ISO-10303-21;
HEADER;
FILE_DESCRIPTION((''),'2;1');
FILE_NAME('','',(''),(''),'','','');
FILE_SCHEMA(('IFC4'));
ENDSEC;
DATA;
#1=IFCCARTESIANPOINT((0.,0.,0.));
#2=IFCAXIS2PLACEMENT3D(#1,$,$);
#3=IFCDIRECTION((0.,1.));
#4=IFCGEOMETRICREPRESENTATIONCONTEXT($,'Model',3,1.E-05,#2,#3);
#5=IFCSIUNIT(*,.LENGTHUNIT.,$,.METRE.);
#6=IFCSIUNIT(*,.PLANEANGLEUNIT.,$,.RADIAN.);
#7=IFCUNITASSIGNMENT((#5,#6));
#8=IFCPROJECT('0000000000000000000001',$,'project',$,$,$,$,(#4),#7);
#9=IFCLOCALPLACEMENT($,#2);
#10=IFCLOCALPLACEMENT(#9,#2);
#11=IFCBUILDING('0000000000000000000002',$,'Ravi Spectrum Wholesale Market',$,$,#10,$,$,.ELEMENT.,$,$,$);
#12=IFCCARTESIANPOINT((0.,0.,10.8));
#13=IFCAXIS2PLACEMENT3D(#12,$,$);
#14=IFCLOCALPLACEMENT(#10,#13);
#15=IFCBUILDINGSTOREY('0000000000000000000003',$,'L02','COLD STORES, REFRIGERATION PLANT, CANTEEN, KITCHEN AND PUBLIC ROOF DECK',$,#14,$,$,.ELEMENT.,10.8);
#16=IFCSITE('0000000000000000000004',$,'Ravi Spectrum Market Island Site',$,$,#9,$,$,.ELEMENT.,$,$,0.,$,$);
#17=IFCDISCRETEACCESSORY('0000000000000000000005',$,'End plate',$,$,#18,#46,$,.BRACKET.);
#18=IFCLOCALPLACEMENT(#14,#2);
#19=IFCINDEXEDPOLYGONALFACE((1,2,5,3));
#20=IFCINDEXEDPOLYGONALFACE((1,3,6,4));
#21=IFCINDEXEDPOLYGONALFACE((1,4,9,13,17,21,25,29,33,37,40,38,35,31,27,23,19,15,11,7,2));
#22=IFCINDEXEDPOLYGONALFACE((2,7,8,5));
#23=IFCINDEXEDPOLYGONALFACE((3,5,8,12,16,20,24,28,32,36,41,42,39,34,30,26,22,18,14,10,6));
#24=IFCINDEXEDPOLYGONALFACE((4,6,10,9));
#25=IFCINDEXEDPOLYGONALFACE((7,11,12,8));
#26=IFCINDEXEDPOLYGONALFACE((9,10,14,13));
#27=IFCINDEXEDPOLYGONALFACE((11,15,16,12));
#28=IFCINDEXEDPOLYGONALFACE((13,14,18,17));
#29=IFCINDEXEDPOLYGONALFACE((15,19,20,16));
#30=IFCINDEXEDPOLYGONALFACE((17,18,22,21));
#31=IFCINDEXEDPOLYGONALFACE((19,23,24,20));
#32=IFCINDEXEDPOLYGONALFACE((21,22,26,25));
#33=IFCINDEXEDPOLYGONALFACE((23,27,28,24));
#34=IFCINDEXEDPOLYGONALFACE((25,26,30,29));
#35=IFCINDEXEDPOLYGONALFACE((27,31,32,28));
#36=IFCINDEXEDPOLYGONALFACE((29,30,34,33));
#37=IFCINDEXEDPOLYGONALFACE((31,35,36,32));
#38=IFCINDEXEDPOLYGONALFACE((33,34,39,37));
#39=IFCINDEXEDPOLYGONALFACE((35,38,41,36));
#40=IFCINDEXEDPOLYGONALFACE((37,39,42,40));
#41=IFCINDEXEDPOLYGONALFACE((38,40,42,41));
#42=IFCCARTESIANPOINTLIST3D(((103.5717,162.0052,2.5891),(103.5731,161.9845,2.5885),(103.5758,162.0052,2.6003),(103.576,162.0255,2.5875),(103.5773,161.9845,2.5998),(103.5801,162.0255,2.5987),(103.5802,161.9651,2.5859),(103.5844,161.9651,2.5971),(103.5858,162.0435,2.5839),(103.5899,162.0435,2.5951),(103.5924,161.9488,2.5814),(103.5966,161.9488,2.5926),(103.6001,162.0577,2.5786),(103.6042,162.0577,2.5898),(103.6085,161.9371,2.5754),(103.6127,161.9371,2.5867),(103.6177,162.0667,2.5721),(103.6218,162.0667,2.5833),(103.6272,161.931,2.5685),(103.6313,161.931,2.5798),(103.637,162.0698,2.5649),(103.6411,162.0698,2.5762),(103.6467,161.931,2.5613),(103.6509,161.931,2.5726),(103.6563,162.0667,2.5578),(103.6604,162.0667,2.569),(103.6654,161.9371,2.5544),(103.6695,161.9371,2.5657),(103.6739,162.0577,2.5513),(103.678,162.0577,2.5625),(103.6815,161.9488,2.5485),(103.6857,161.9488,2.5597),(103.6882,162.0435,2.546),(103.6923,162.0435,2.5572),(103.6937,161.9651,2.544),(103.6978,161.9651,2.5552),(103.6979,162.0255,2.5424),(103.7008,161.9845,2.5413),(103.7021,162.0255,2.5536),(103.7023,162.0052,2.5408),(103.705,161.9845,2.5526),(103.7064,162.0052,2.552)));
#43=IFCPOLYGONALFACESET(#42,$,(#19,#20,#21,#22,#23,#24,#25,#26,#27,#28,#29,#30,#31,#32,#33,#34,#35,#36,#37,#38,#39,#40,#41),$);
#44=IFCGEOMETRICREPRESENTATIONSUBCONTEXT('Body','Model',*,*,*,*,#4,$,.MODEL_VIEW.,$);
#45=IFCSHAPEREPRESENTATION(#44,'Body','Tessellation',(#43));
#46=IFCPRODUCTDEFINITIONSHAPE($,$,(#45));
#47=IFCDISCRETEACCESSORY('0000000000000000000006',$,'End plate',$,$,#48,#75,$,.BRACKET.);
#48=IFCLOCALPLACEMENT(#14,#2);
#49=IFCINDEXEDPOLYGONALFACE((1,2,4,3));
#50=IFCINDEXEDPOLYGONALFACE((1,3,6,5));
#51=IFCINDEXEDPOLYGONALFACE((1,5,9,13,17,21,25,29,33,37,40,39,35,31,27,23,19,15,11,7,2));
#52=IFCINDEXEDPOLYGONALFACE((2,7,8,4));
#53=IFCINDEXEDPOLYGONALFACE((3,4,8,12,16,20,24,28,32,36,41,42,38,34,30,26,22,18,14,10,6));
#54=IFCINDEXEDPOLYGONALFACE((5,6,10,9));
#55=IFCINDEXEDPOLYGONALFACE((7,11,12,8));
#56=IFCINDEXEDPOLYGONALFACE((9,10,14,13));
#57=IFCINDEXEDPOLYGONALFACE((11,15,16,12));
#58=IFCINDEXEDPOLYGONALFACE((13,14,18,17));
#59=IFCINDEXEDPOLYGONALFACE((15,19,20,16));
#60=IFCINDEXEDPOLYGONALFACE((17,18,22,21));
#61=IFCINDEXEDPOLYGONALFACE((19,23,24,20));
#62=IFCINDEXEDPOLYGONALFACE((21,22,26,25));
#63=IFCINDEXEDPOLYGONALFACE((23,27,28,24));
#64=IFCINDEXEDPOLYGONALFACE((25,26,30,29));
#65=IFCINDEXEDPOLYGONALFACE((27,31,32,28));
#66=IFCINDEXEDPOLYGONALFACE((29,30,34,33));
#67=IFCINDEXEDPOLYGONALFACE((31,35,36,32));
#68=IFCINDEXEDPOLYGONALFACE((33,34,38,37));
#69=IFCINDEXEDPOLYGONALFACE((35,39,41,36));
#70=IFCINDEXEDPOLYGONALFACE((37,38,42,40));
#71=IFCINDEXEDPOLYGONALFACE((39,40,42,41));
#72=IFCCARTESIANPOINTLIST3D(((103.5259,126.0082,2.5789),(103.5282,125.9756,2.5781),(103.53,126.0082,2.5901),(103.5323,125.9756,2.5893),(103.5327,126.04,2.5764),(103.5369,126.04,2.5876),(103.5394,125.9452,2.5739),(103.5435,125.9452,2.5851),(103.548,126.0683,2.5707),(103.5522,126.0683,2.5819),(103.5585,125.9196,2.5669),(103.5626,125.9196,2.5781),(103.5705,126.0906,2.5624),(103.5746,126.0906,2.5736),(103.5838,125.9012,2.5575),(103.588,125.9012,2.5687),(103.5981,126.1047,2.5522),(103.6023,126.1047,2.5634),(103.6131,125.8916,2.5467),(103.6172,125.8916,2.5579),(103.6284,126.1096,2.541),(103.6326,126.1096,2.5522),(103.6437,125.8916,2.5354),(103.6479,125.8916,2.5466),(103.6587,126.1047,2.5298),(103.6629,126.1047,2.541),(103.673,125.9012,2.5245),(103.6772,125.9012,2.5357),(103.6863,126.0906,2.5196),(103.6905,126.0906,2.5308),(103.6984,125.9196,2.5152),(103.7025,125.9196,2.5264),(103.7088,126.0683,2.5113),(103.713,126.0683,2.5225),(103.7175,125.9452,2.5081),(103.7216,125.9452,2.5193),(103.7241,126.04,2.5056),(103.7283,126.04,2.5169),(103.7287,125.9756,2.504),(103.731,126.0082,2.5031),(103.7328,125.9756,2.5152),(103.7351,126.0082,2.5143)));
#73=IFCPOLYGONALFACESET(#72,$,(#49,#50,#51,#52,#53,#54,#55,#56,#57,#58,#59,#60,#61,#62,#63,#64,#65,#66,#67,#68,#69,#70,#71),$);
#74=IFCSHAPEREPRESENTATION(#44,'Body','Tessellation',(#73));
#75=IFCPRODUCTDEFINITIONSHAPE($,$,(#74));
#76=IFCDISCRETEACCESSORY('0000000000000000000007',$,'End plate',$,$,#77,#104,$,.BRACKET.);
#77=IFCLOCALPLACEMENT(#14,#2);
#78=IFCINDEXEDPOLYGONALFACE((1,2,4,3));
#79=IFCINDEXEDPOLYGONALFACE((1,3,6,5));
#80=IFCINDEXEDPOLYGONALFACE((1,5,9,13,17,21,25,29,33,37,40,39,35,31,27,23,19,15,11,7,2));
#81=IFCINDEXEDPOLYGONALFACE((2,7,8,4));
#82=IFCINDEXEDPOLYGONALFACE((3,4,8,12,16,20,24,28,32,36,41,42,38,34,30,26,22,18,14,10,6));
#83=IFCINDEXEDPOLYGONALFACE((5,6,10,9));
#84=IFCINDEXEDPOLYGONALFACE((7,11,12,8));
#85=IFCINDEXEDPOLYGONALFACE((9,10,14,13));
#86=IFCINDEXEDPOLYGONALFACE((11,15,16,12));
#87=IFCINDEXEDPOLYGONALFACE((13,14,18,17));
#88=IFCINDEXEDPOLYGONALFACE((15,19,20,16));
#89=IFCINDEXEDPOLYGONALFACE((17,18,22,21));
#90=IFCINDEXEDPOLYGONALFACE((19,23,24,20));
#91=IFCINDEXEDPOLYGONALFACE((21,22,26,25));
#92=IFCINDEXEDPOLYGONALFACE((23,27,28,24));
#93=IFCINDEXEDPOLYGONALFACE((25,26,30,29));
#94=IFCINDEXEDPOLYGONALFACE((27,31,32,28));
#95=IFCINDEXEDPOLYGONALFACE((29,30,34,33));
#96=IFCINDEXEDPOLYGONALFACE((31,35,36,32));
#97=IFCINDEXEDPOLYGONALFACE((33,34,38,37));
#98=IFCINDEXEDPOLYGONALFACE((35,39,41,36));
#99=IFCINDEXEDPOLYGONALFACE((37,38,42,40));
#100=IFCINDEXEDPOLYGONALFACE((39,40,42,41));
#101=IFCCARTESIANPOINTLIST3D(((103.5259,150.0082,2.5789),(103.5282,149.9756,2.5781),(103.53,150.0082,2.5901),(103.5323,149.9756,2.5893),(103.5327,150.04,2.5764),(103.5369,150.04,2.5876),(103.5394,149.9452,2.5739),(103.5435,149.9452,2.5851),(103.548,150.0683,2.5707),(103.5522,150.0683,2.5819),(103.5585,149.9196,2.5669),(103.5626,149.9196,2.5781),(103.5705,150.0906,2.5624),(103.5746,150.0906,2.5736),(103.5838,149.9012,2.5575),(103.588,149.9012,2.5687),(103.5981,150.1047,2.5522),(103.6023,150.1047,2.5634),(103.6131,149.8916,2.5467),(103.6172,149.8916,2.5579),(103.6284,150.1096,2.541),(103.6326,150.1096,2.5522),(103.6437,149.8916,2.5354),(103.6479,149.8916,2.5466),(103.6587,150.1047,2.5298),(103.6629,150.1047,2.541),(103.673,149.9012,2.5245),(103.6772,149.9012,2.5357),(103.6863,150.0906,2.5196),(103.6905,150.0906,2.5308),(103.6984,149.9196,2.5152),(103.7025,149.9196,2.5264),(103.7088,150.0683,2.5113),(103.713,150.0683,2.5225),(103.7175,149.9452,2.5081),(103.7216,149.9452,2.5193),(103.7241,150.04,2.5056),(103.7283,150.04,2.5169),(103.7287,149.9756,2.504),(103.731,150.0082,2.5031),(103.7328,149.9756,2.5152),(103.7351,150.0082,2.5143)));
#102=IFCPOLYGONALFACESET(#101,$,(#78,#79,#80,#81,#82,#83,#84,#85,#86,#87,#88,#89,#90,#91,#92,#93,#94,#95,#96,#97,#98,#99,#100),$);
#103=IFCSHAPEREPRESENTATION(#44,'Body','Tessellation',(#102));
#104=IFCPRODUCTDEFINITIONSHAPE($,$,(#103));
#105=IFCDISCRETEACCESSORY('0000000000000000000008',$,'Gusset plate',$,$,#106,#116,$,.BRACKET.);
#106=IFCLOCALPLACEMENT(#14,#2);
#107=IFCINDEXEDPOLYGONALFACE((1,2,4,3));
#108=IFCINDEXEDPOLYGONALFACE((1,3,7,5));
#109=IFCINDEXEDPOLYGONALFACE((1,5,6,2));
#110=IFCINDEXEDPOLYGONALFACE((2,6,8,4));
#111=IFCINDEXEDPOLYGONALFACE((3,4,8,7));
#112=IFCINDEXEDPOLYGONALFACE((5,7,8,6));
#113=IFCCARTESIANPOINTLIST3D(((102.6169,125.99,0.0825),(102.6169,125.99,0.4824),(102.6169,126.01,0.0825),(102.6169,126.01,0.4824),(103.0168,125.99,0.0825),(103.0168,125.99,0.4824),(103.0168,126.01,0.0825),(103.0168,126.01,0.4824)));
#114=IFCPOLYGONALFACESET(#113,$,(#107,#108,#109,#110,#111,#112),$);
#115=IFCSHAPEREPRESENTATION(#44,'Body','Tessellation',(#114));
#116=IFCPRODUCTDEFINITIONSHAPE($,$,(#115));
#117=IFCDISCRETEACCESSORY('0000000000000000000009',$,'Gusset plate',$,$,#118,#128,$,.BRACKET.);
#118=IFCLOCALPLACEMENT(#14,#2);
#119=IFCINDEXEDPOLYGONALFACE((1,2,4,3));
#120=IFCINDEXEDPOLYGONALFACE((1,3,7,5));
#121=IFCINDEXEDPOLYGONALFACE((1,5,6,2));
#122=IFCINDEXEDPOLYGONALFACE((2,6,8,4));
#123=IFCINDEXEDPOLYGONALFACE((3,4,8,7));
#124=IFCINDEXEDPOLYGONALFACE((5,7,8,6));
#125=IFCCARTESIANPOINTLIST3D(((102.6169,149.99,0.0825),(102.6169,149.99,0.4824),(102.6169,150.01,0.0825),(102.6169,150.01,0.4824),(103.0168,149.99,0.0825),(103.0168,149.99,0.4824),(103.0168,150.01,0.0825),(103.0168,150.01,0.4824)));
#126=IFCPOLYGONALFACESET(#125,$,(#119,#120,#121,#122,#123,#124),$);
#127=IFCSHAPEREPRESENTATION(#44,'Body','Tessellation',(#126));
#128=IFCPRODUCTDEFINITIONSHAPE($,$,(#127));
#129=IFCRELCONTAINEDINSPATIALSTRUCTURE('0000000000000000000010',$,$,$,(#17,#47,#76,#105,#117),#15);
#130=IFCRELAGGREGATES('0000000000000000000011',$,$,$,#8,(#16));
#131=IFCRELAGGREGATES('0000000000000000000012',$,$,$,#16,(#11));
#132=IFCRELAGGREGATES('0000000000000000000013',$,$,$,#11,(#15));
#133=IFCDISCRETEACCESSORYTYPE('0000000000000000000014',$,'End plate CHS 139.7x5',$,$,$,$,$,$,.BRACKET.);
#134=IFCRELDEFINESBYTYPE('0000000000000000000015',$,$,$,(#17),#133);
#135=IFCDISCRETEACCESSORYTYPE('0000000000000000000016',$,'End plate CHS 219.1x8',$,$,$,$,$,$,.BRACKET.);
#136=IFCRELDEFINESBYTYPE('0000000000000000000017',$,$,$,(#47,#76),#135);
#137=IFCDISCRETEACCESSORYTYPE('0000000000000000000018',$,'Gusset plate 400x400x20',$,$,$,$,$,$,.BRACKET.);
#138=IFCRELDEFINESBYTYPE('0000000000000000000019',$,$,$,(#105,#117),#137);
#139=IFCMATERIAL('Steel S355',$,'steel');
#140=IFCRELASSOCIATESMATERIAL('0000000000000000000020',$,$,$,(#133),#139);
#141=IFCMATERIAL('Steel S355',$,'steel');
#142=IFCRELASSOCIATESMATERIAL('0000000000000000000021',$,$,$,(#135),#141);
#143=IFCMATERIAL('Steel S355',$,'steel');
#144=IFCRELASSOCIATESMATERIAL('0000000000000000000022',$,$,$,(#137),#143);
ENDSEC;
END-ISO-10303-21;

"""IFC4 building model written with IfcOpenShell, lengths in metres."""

from ifc_helpers import new_model, si_unit, direction, frame, origin, origin_2d, place, context, subcontext, project, spatial, rectangle, circle, extrude, material, material_profile, profile_set, type_object, element, save


model = new_model("IFC4")

# Units and contexts
model_context = context("Model", 3, precision=1e-05, world=origin(), true_north=direction((0.0, 1.0)))
body_context = subcontext(model_context, "Body", "Model", "MODEL_VIEW")
ifc_project = project(units=[si_unit("LENGTHUNIT", "METRE"), si_unit("PLANEANGLEUNIT", "RADIAN")], contexts=[model_context])

# Site, building, storey
site_placement = place(None, origin())
site = spatial("IfcSite", under=ifc_project, at=site_placement, Name="Ravi Spectrum Market Island Site", CompositionType="ELEMENT", RefElevation=0.0)
building_placement = place(site_placement, origin())
building = spatial("IfcBuilding", under=site, at=building_placement, Name="Ravi Spectrum Wholesale Market", CompositionType="ELEMENT")
storey_placement = place(building_placement, frame((0.0, 0.0, 10.8)))
storey = spatial("IfcBuildingStorey", under=building, at=storey_placement, Name="L02", Description="COLD STORES, REFRIGERATION PLANT, CANTEEN, KITCHEN AND PUBLIC ROOF DECK", CompositionType="ELEMENT", Elevation=10.8)

# Discrete accessories
ifc_material_1 = material(Name="Steel S355", Category="steel")
ifc_material_profile_1 = material_profile(ifc_material_1, circle(Radius=0.0698, at=origin_2d()))
ifc_profile_set_1 = profile_set([ifc_material_profile_1], Name="Steel S355")
discrete_accessory_type_1 = type_object("IfcDiscreteAccessoryType", Name="End plate CHS 139.7x5", PredefinedType="BRACKET", material=ifc_profile_set_1)
for number, where, z_axis, x_axis, name in (
    (1, (103.637, 162.0, 2.5649), (0.34665, 0.0, 0.937994), (0.0, 1.0, 0.0), "End plate"),
):
    element("IfcDiscreteAccessory", number, at=place(storey_placement, frame(where, z_axis=z_axis, x_axis=x_axis)), inside=storey, type_object=discrete_accessory_type_1, Name=name, PredefinedType="BRACKET", context=body_context, shape_type="SweptSolid", body=[
        extrude(circle(Radius=0.0698, at=origin_2d()), origin(), (0.0, 0.0, 1.0), 0.012),
    ])
ifc_material_2 = material(Name="Steel S355", Category="steel")
ifc_material_profile_2 = material_profile(ifc_material_2, circle(Radius=0.1096, at=origin_2d()))
ifc_profile_set_2 = profile_set([ifc_material_profile_2], Name="Steel S355")
discrete_accessory_type_2 = type_object("IfcDiscreteAccessoryType", Name="End plate CHS 219.1x8", PredefinedType="BRACKET", material=ifc_profile_set_2)
for number, where, z_axis, x_axis, name in (
    (2, (103.6284, 126.0, 2.541), (0.34665, 0.0, 0.937994), (0.0, 1.0, 0.0), "End plate"),
    (3, (103.6284, 150.0, 2.541), (0.34665, 0.0, 0.937994), (0.0, 1.0, 0.0), "End plate"),
):
    element("IfcDiscreteAccessory", number, at=place(storey_placement, frame(where, z_axis=z_axis, x_axis=x_axis)), inside=storey, type_object=discrete_accessory_type_2, Name=name, PredefinedType="BRACKET", context=body_context, shape_type="SweptSolid", body=[
        extrude(circle(Radius=0.1096, at=origin_2d()), origin(), (0.0, 0.0, 1.0), 0.012),
    ])
ifc_material_3 = material(Name="Steel S355", Category="steel")
ifc_material_profile_3 = material_profile(ifc_material_3, rectangle(XDim=0.3999, YDim=0.02, at=origin_2d()))
ifc_profile_set_3 = profile_set([ifc_material_profile_3], Name="Steel S355")
discrete_accessory_type_3 = type_object("IfcDiscreteAccessoryType", Name="Gusset plate 400x400x20", PredefinedType="BRACKET", material=ifc_profile_set_3)
for number, where, z_axis, x_axis, name in (
    (4, (102.8169, 126.0, 0.0825), (0.0, 0.0, 1.0), (-1.0, 0.0, 0.0), "Gusset plate"),
    (5, (102.8169, 150.0, 0.0825), (0.0, 0.0, 1.0), (-1.0, 0.0, 0.0), "Gusset plate"),
):
    element("IfcDiscreteAccessory", number, at=place(storey_placement, frame(where, z_axis=z_axis, x_axis=x_axis)), inside=storey, type_object=discrete_accessory_type_3, Name=name, PredefinedType="BRACKET", context=body_context, shape_type="SweptSolid", body=[
        extrude(rectangle(XDim=0.3999, YDim=0.02, at=origin_2d()), origin(), (0.0, 0.0, 1.0), 0.3999),
    ])

save(model, "model.ifc")
